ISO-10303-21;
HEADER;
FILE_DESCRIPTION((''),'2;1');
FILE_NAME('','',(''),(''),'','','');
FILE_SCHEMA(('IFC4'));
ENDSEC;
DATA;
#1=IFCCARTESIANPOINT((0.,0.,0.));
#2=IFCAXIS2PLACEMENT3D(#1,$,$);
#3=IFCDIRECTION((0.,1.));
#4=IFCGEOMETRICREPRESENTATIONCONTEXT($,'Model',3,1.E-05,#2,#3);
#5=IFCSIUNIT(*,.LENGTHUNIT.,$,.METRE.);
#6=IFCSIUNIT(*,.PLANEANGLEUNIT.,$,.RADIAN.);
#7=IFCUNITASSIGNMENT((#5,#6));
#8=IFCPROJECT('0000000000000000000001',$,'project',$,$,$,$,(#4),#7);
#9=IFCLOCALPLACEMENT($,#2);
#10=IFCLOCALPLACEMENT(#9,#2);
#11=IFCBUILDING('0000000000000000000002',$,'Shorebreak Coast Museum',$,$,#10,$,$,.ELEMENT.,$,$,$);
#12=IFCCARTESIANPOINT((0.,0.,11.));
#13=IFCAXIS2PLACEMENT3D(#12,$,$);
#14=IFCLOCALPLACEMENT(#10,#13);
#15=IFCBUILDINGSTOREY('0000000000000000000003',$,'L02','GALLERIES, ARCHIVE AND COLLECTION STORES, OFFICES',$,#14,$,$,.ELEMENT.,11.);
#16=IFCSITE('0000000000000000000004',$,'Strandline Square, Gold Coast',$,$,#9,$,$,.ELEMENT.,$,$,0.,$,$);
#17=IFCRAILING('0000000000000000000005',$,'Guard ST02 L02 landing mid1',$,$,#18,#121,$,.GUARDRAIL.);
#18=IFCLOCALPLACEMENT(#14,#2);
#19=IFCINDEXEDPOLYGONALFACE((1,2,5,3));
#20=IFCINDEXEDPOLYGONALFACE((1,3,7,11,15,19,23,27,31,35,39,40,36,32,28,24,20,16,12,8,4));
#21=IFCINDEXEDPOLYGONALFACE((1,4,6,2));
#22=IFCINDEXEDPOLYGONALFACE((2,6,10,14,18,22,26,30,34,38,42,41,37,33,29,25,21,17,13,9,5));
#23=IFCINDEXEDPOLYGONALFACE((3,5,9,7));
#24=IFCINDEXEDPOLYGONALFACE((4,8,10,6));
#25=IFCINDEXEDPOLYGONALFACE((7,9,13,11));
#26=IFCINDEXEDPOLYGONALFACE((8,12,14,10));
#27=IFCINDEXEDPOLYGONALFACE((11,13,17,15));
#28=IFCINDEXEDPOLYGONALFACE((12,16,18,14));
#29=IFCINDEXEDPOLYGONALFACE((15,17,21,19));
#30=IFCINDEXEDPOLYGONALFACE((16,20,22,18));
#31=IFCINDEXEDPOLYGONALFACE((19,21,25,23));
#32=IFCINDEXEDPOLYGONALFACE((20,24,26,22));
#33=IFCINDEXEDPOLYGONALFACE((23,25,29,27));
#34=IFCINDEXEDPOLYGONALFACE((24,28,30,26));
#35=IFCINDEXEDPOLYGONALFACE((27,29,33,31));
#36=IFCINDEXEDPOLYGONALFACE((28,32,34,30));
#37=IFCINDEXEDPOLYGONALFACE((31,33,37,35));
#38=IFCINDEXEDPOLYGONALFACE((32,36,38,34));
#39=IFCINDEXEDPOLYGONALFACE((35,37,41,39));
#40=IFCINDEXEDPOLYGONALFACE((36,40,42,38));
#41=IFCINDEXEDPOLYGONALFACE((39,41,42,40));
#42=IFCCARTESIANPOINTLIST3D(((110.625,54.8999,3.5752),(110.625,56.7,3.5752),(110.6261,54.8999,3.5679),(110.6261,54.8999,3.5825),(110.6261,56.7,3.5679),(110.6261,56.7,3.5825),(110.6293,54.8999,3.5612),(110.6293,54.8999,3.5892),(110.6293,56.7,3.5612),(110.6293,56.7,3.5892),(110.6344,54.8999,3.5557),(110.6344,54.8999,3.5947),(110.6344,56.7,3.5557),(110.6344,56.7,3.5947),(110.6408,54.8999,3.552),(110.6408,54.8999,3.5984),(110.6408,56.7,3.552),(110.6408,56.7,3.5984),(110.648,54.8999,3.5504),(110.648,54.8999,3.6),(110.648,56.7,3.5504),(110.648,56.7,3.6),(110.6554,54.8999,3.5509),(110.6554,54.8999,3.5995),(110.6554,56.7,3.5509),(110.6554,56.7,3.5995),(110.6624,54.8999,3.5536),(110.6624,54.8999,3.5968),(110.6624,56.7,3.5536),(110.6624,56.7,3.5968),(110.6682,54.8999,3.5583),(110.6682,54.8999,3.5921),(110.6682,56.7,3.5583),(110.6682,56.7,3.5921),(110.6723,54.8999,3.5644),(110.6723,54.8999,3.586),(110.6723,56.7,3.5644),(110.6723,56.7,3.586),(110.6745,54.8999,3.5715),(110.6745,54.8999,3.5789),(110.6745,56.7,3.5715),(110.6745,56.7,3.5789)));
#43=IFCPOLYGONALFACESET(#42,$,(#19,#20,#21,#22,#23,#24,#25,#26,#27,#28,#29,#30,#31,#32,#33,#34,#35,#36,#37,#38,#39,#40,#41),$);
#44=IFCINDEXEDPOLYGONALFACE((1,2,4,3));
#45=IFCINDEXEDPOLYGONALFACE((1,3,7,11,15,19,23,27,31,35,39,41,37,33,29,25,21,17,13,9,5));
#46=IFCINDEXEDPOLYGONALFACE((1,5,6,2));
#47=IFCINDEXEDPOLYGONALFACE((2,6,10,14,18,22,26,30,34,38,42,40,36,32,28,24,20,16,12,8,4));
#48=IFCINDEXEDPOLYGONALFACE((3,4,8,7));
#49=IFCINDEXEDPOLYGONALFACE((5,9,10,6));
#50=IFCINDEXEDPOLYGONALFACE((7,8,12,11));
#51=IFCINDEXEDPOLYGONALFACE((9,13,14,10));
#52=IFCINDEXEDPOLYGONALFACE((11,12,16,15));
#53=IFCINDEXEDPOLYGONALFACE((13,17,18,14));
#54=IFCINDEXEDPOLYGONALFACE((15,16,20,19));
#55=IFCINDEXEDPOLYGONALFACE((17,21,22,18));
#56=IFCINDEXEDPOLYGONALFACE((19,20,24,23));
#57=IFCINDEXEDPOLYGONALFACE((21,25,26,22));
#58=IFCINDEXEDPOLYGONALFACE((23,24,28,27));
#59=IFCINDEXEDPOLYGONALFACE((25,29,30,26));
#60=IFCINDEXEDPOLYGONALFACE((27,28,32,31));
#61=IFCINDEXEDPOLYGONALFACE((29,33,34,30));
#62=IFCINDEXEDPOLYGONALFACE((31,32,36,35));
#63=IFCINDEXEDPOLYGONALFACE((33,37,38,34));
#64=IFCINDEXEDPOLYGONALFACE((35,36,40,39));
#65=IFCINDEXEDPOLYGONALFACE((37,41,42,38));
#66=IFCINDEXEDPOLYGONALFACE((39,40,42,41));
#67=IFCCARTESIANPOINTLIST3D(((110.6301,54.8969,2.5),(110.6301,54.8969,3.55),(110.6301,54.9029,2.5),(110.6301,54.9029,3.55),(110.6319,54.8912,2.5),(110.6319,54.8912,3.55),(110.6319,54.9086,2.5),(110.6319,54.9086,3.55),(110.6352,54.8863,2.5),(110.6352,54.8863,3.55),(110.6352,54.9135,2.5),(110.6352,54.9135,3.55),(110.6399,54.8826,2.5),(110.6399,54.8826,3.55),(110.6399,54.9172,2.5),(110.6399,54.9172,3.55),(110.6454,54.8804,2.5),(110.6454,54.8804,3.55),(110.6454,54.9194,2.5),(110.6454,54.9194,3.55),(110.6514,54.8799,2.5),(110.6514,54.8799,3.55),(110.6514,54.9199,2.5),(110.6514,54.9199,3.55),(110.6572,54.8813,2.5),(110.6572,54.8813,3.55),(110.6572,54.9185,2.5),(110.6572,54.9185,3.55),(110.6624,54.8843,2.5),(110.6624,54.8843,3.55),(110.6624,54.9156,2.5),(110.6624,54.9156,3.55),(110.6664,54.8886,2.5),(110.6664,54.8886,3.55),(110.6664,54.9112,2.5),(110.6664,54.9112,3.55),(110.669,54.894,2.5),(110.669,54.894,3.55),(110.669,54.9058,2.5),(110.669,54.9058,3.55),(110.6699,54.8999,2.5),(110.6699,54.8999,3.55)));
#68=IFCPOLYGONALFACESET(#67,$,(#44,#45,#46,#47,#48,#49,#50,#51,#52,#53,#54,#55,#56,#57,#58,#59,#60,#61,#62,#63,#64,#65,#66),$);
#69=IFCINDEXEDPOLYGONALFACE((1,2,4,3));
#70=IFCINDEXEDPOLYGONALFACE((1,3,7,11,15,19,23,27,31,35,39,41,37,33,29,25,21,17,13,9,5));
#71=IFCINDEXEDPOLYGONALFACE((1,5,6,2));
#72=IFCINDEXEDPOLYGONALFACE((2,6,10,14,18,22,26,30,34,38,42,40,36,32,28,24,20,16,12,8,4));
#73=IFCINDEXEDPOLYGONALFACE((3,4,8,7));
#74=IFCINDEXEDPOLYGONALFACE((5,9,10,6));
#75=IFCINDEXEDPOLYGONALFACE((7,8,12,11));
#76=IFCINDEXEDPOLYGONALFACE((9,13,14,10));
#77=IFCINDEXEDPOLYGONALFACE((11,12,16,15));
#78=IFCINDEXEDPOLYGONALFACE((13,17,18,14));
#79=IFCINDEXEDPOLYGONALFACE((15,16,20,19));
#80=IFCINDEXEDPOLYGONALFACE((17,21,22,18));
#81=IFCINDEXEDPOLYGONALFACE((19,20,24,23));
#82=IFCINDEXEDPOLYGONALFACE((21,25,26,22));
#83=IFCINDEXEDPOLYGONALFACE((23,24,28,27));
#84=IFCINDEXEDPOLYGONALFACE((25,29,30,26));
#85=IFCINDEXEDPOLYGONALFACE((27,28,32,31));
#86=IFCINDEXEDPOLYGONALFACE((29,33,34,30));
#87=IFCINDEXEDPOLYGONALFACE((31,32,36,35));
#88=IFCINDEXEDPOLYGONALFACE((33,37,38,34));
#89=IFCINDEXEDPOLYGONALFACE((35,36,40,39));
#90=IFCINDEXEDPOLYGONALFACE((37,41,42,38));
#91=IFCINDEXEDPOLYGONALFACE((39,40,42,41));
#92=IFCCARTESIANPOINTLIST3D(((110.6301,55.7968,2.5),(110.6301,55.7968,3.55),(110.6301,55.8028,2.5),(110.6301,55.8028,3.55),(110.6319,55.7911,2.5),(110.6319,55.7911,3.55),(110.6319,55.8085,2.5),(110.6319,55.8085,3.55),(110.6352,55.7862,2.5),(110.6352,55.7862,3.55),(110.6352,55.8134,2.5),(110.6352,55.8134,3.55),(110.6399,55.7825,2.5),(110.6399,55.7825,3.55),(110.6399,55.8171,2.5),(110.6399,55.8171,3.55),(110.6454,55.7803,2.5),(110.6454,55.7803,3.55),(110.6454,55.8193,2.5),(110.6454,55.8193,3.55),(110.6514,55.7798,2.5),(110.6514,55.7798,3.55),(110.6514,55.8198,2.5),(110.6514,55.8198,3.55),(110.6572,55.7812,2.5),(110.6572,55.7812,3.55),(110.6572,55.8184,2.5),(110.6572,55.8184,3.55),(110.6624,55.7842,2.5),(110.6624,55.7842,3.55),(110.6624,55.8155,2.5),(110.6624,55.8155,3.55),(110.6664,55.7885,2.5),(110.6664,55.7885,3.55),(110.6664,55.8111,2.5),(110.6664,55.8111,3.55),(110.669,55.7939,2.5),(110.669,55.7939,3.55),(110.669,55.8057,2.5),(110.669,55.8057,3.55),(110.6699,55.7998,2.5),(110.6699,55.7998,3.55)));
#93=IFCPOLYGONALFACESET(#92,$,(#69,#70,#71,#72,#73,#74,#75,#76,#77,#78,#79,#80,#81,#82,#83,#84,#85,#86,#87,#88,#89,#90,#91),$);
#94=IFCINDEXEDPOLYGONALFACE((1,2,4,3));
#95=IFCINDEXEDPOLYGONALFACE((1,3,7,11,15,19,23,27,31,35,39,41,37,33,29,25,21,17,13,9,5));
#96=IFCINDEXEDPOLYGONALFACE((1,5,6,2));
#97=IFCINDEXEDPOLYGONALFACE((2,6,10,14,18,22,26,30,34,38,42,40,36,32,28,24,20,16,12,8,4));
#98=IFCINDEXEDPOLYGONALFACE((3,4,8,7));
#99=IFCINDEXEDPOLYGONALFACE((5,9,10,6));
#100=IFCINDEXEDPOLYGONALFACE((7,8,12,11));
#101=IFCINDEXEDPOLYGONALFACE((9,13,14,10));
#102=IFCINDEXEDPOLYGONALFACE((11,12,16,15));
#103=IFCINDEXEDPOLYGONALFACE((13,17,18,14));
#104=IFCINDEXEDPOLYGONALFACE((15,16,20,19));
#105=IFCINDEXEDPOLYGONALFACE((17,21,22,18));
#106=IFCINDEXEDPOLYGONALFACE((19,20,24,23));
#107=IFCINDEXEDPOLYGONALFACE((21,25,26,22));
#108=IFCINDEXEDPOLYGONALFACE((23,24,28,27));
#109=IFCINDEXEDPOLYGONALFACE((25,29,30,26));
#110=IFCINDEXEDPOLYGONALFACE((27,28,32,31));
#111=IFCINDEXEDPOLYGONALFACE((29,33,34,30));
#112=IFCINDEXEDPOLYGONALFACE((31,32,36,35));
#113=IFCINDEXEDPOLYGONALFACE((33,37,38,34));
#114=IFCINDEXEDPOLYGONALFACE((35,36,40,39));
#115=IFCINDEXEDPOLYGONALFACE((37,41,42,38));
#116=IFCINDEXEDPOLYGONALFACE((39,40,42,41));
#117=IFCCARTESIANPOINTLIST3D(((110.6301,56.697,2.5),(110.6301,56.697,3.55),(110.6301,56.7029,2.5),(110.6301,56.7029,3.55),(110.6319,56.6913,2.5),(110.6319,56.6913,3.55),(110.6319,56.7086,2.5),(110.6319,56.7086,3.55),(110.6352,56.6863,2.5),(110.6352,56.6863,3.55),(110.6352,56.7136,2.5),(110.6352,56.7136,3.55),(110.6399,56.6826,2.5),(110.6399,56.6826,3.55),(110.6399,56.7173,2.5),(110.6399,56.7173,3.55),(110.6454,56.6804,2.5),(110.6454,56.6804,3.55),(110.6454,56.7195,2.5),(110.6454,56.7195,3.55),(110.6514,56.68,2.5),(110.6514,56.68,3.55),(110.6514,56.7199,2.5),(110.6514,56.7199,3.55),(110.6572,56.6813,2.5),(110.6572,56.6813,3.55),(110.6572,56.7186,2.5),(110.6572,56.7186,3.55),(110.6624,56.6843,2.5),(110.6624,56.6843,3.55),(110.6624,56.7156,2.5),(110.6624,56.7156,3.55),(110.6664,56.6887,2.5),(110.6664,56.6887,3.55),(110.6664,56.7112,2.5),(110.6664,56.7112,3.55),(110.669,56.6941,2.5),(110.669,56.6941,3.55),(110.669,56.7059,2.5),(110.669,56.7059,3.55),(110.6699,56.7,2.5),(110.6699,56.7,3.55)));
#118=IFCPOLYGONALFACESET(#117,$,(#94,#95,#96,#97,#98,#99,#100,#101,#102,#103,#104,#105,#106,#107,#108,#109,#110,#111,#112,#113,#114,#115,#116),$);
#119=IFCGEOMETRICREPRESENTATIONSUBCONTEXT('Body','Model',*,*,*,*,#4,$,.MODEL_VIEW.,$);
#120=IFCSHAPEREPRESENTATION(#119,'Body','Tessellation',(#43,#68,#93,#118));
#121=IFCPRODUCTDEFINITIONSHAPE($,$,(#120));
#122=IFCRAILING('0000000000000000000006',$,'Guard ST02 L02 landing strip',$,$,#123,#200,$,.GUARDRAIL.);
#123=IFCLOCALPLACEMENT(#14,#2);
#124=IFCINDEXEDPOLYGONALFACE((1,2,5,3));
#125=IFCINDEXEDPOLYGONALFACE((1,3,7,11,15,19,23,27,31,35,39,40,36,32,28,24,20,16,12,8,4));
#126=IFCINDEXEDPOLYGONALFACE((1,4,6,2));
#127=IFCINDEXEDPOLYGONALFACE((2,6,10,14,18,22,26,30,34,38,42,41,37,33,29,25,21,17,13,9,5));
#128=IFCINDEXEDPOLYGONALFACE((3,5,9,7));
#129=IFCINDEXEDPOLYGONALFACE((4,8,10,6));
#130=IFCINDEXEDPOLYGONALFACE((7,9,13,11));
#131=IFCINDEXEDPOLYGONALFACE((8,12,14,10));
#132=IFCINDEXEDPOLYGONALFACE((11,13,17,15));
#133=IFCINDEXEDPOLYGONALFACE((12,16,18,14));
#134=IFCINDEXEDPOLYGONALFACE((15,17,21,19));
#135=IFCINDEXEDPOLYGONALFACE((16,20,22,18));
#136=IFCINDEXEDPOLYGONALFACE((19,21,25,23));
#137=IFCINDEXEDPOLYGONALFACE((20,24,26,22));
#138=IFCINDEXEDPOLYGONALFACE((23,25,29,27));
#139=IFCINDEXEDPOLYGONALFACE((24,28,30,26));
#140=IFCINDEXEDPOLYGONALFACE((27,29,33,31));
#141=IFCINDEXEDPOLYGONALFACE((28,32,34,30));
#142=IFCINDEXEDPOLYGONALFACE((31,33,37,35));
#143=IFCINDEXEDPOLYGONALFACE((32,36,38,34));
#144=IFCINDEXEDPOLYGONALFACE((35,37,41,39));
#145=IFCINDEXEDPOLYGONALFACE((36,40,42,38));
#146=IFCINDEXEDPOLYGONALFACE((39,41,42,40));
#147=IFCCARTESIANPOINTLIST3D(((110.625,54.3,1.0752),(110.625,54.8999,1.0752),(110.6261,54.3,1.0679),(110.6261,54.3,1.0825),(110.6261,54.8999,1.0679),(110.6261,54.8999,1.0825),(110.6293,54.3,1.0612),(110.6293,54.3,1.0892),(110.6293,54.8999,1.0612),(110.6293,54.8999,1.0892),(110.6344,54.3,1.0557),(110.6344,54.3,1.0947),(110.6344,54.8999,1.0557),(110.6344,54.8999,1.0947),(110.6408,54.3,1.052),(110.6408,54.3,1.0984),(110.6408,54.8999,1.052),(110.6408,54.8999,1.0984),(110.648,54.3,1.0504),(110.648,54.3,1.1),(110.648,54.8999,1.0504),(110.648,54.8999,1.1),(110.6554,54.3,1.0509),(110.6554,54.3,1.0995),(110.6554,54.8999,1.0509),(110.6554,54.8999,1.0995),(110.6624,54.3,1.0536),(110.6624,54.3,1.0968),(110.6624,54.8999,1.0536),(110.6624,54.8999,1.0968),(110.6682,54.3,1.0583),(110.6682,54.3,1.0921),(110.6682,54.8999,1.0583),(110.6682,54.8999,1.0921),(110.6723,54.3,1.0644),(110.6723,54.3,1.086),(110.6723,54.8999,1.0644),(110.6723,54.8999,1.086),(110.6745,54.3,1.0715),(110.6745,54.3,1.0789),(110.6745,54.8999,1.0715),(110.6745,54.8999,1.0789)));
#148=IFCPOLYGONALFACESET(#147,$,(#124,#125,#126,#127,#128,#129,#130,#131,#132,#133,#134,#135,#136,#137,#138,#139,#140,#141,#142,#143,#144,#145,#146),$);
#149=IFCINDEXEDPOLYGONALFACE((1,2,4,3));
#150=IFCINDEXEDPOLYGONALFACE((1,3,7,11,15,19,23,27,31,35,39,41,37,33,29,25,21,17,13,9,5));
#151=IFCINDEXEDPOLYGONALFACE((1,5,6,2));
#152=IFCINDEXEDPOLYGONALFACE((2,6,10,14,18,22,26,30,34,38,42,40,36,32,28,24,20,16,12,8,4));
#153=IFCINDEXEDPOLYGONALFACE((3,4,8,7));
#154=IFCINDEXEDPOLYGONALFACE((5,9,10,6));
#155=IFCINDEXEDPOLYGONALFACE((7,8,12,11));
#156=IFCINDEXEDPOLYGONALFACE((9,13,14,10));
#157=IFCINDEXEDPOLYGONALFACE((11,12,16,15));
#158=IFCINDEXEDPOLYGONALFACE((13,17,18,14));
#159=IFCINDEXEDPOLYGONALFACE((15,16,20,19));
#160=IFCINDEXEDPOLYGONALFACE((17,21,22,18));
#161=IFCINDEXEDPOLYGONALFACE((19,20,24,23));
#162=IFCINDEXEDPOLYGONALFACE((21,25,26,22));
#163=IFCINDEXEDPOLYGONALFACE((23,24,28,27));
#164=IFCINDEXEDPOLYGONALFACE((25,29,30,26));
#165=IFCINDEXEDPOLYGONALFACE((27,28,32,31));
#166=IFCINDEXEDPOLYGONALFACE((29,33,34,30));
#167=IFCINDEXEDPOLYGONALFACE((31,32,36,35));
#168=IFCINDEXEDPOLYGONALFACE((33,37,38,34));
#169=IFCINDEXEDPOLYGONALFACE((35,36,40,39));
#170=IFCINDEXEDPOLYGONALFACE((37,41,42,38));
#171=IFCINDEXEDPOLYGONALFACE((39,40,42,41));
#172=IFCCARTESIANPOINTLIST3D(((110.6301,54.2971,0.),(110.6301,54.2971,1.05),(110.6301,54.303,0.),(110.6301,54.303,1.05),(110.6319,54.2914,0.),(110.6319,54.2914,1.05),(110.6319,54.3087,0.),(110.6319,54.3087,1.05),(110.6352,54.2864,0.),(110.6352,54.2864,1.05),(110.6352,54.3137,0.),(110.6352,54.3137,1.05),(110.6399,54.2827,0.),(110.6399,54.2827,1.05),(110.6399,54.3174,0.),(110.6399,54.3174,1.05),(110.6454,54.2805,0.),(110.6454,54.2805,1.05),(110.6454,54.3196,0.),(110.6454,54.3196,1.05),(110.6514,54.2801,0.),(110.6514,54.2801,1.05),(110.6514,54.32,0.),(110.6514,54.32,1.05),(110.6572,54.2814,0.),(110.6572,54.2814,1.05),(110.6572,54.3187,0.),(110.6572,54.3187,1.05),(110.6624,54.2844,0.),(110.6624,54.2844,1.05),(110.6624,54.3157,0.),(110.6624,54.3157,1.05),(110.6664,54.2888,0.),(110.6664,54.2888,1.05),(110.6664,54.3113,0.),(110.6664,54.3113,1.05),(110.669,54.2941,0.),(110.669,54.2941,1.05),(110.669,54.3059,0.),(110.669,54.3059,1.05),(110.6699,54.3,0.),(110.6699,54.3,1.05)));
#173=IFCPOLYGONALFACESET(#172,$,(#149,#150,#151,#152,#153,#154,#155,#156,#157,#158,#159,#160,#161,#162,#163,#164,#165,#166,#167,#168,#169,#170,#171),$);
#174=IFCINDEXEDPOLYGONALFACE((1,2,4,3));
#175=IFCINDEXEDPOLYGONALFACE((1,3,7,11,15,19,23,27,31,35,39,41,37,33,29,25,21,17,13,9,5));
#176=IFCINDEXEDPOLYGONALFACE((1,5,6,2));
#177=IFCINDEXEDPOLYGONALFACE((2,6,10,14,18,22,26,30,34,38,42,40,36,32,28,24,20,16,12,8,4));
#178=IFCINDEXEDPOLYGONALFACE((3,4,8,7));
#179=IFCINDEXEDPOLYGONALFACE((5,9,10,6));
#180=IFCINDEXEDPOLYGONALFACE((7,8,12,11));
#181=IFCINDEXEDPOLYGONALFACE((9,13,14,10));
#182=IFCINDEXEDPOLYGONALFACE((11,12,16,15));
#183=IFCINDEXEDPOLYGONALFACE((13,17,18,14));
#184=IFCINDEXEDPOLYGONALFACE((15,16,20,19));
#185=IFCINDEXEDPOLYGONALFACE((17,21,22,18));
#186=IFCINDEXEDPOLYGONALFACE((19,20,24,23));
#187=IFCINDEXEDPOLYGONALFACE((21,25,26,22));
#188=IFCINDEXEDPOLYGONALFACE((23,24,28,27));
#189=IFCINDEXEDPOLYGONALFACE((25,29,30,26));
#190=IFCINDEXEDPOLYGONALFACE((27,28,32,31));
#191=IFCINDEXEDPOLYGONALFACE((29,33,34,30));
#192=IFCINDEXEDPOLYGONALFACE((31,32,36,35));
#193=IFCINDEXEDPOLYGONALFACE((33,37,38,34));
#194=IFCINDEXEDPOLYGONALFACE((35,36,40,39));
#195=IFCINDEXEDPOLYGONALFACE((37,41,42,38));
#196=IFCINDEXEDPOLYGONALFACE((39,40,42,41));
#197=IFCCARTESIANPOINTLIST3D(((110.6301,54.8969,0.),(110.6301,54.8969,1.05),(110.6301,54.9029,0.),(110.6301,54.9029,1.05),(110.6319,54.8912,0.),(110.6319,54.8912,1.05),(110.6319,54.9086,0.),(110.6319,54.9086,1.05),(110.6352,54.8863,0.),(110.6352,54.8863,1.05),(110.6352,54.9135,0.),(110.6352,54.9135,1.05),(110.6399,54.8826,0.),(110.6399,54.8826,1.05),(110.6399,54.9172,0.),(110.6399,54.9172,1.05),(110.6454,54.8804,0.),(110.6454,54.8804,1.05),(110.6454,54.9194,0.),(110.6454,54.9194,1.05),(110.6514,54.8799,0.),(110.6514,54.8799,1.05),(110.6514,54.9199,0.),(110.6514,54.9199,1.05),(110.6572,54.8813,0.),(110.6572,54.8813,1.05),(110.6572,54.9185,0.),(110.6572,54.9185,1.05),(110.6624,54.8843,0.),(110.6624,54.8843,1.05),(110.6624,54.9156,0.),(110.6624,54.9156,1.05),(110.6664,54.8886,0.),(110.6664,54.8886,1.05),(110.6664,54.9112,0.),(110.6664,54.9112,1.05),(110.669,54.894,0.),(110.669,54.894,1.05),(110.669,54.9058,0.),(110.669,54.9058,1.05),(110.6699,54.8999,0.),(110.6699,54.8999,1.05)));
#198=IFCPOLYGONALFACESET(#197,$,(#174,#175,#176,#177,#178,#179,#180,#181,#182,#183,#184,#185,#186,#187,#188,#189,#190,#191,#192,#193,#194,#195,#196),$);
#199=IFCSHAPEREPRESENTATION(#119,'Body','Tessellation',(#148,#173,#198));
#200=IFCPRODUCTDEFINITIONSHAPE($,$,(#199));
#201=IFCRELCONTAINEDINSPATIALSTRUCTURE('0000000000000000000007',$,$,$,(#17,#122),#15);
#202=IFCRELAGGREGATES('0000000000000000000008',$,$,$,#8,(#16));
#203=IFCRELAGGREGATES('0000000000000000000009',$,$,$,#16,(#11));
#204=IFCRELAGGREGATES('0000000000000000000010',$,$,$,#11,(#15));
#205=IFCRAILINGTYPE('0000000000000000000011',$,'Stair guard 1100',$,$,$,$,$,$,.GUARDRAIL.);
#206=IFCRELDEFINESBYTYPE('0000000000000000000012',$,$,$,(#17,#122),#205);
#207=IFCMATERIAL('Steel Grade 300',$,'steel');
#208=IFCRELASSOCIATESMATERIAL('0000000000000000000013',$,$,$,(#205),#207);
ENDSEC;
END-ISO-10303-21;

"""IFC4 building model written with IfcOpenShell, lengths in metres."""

from ifc_helpers import new_model, si_unit, direction, frame, origin, origin_2d, place, context, subcontext, project, spatial, circle, extrude, material, type_object, element, save


model = new_model("IFC4")

# Units and contexts
model_context = context("Model", 3, precision=1e-05, world=origin(), true_north=direction((0.0, 1.0)))
body_context = subcontext(model_context, "Body", "Model", "MODEL_VIEW")
ifc_project = project(units=[si_unit("LENGTHUNIT", "METRE"), si_unit("PLANEANGLEUNIT", "RADIAN")], contexts=[model_context])

# Site, building, storey
site_placement = place(None, origin())
site = spatial("IfcSite", under=ifc_project, at=site_placement, Name="Strandline Square, Gold Coast", CompositionType="ELEMENT", RefElevation=0.0)
building_placement = place(site_placement, origin())
building = spatial("IfcBuilding", under=site, at=building_placement, Name="Shorebreak Coast Museum", CompositionType="ELEMENT")
storey_placement = place(building_placement, frame((0.0, 0.0, 11.0)))
storey = spatial("IfcBuildingStorey", under=building, at=storey_placement, Name="L02", Description="GALLERIES, ARCHIVE AND COLLECTION STORES, OFFICES", CompositionType="ELEMENT", Elevation=11.0)

# Railings
ifc_material_1 = material(Name="Steel Grade 300", Category="steel")
railing_type_1 = type_object("IfcRailingType", Name="Stair guard 1100", PredefinedType="GUARDRAIL", material=ifc_material_1)
railing_1_placement = place(storey_placement, frame((110.6499, 54.8999, 2.5)))
element("IfcRailing", 1, at=railing_1_placement, inside=storey, type_object=railing_type_1, Name="Guard ST02 L02 landing mid1", PredefinedType="GUARDRAIL", context=body_context, shape_type="SweptSolid", body=[
    extrude(circle(Radius=0.0249, at=origin_2d()), frame((0.0, 0.0, 1.0752), z_axis=(0.0, 1.0, 0.0), x_axis=(-1.0, 0.0, 0.0)), (0.0, 0.0, 1.0), 1.8),
    extrude(circle(Radius=0.02, at=origin_2d()), origin(), (0.0, 0.0, 1.0), 1.05),
    extrude(circle(Radius=0.02, at=origin_2d()), frame((0.0, 0.8999, 0.0)), (0.0, 0.0, 1.0), 1.05),
    extrude(circle(Radius=0.02, at=origin_2d()), frame((0.0, 1.8, 0.0)), (0.0, 0.0, 1.0), 1.05),
])
for number, where, name in (
    (2, (110.6499, 54.3, 0.0), "Guard ST02 L02 landing strip"),
):
    element("IfcRailing", number, at=place(storey_placement, frame(where)), inside=storey, type_object=railing_type_1, Name=name, PredefinedType="GUARDRAIL", context=body_context, shape_type="SweptSolid", body=[
        extrude(circle(Radius=0.0249, at=origin_2d()), frame((0.0, 0.0, 1.0752), z_axis=(0.0, 1.0, 0.0), x_axis=(-1.0, 0.0, 0.0)), (0.0, 0.0, 1.0), 0.5999),
        extrude(circle(Radius=0.02, at=origin_2d()), origin(), (0.0, 0.0, 1.0), 1.05),
        extrude(circle(Radius=0.02, at=origin_2d()), frame((0.0, 0.5999, 0.0)), (0.0, 0.0, 1.0), 1.05),
    ])

save(model, "model.ifc")
